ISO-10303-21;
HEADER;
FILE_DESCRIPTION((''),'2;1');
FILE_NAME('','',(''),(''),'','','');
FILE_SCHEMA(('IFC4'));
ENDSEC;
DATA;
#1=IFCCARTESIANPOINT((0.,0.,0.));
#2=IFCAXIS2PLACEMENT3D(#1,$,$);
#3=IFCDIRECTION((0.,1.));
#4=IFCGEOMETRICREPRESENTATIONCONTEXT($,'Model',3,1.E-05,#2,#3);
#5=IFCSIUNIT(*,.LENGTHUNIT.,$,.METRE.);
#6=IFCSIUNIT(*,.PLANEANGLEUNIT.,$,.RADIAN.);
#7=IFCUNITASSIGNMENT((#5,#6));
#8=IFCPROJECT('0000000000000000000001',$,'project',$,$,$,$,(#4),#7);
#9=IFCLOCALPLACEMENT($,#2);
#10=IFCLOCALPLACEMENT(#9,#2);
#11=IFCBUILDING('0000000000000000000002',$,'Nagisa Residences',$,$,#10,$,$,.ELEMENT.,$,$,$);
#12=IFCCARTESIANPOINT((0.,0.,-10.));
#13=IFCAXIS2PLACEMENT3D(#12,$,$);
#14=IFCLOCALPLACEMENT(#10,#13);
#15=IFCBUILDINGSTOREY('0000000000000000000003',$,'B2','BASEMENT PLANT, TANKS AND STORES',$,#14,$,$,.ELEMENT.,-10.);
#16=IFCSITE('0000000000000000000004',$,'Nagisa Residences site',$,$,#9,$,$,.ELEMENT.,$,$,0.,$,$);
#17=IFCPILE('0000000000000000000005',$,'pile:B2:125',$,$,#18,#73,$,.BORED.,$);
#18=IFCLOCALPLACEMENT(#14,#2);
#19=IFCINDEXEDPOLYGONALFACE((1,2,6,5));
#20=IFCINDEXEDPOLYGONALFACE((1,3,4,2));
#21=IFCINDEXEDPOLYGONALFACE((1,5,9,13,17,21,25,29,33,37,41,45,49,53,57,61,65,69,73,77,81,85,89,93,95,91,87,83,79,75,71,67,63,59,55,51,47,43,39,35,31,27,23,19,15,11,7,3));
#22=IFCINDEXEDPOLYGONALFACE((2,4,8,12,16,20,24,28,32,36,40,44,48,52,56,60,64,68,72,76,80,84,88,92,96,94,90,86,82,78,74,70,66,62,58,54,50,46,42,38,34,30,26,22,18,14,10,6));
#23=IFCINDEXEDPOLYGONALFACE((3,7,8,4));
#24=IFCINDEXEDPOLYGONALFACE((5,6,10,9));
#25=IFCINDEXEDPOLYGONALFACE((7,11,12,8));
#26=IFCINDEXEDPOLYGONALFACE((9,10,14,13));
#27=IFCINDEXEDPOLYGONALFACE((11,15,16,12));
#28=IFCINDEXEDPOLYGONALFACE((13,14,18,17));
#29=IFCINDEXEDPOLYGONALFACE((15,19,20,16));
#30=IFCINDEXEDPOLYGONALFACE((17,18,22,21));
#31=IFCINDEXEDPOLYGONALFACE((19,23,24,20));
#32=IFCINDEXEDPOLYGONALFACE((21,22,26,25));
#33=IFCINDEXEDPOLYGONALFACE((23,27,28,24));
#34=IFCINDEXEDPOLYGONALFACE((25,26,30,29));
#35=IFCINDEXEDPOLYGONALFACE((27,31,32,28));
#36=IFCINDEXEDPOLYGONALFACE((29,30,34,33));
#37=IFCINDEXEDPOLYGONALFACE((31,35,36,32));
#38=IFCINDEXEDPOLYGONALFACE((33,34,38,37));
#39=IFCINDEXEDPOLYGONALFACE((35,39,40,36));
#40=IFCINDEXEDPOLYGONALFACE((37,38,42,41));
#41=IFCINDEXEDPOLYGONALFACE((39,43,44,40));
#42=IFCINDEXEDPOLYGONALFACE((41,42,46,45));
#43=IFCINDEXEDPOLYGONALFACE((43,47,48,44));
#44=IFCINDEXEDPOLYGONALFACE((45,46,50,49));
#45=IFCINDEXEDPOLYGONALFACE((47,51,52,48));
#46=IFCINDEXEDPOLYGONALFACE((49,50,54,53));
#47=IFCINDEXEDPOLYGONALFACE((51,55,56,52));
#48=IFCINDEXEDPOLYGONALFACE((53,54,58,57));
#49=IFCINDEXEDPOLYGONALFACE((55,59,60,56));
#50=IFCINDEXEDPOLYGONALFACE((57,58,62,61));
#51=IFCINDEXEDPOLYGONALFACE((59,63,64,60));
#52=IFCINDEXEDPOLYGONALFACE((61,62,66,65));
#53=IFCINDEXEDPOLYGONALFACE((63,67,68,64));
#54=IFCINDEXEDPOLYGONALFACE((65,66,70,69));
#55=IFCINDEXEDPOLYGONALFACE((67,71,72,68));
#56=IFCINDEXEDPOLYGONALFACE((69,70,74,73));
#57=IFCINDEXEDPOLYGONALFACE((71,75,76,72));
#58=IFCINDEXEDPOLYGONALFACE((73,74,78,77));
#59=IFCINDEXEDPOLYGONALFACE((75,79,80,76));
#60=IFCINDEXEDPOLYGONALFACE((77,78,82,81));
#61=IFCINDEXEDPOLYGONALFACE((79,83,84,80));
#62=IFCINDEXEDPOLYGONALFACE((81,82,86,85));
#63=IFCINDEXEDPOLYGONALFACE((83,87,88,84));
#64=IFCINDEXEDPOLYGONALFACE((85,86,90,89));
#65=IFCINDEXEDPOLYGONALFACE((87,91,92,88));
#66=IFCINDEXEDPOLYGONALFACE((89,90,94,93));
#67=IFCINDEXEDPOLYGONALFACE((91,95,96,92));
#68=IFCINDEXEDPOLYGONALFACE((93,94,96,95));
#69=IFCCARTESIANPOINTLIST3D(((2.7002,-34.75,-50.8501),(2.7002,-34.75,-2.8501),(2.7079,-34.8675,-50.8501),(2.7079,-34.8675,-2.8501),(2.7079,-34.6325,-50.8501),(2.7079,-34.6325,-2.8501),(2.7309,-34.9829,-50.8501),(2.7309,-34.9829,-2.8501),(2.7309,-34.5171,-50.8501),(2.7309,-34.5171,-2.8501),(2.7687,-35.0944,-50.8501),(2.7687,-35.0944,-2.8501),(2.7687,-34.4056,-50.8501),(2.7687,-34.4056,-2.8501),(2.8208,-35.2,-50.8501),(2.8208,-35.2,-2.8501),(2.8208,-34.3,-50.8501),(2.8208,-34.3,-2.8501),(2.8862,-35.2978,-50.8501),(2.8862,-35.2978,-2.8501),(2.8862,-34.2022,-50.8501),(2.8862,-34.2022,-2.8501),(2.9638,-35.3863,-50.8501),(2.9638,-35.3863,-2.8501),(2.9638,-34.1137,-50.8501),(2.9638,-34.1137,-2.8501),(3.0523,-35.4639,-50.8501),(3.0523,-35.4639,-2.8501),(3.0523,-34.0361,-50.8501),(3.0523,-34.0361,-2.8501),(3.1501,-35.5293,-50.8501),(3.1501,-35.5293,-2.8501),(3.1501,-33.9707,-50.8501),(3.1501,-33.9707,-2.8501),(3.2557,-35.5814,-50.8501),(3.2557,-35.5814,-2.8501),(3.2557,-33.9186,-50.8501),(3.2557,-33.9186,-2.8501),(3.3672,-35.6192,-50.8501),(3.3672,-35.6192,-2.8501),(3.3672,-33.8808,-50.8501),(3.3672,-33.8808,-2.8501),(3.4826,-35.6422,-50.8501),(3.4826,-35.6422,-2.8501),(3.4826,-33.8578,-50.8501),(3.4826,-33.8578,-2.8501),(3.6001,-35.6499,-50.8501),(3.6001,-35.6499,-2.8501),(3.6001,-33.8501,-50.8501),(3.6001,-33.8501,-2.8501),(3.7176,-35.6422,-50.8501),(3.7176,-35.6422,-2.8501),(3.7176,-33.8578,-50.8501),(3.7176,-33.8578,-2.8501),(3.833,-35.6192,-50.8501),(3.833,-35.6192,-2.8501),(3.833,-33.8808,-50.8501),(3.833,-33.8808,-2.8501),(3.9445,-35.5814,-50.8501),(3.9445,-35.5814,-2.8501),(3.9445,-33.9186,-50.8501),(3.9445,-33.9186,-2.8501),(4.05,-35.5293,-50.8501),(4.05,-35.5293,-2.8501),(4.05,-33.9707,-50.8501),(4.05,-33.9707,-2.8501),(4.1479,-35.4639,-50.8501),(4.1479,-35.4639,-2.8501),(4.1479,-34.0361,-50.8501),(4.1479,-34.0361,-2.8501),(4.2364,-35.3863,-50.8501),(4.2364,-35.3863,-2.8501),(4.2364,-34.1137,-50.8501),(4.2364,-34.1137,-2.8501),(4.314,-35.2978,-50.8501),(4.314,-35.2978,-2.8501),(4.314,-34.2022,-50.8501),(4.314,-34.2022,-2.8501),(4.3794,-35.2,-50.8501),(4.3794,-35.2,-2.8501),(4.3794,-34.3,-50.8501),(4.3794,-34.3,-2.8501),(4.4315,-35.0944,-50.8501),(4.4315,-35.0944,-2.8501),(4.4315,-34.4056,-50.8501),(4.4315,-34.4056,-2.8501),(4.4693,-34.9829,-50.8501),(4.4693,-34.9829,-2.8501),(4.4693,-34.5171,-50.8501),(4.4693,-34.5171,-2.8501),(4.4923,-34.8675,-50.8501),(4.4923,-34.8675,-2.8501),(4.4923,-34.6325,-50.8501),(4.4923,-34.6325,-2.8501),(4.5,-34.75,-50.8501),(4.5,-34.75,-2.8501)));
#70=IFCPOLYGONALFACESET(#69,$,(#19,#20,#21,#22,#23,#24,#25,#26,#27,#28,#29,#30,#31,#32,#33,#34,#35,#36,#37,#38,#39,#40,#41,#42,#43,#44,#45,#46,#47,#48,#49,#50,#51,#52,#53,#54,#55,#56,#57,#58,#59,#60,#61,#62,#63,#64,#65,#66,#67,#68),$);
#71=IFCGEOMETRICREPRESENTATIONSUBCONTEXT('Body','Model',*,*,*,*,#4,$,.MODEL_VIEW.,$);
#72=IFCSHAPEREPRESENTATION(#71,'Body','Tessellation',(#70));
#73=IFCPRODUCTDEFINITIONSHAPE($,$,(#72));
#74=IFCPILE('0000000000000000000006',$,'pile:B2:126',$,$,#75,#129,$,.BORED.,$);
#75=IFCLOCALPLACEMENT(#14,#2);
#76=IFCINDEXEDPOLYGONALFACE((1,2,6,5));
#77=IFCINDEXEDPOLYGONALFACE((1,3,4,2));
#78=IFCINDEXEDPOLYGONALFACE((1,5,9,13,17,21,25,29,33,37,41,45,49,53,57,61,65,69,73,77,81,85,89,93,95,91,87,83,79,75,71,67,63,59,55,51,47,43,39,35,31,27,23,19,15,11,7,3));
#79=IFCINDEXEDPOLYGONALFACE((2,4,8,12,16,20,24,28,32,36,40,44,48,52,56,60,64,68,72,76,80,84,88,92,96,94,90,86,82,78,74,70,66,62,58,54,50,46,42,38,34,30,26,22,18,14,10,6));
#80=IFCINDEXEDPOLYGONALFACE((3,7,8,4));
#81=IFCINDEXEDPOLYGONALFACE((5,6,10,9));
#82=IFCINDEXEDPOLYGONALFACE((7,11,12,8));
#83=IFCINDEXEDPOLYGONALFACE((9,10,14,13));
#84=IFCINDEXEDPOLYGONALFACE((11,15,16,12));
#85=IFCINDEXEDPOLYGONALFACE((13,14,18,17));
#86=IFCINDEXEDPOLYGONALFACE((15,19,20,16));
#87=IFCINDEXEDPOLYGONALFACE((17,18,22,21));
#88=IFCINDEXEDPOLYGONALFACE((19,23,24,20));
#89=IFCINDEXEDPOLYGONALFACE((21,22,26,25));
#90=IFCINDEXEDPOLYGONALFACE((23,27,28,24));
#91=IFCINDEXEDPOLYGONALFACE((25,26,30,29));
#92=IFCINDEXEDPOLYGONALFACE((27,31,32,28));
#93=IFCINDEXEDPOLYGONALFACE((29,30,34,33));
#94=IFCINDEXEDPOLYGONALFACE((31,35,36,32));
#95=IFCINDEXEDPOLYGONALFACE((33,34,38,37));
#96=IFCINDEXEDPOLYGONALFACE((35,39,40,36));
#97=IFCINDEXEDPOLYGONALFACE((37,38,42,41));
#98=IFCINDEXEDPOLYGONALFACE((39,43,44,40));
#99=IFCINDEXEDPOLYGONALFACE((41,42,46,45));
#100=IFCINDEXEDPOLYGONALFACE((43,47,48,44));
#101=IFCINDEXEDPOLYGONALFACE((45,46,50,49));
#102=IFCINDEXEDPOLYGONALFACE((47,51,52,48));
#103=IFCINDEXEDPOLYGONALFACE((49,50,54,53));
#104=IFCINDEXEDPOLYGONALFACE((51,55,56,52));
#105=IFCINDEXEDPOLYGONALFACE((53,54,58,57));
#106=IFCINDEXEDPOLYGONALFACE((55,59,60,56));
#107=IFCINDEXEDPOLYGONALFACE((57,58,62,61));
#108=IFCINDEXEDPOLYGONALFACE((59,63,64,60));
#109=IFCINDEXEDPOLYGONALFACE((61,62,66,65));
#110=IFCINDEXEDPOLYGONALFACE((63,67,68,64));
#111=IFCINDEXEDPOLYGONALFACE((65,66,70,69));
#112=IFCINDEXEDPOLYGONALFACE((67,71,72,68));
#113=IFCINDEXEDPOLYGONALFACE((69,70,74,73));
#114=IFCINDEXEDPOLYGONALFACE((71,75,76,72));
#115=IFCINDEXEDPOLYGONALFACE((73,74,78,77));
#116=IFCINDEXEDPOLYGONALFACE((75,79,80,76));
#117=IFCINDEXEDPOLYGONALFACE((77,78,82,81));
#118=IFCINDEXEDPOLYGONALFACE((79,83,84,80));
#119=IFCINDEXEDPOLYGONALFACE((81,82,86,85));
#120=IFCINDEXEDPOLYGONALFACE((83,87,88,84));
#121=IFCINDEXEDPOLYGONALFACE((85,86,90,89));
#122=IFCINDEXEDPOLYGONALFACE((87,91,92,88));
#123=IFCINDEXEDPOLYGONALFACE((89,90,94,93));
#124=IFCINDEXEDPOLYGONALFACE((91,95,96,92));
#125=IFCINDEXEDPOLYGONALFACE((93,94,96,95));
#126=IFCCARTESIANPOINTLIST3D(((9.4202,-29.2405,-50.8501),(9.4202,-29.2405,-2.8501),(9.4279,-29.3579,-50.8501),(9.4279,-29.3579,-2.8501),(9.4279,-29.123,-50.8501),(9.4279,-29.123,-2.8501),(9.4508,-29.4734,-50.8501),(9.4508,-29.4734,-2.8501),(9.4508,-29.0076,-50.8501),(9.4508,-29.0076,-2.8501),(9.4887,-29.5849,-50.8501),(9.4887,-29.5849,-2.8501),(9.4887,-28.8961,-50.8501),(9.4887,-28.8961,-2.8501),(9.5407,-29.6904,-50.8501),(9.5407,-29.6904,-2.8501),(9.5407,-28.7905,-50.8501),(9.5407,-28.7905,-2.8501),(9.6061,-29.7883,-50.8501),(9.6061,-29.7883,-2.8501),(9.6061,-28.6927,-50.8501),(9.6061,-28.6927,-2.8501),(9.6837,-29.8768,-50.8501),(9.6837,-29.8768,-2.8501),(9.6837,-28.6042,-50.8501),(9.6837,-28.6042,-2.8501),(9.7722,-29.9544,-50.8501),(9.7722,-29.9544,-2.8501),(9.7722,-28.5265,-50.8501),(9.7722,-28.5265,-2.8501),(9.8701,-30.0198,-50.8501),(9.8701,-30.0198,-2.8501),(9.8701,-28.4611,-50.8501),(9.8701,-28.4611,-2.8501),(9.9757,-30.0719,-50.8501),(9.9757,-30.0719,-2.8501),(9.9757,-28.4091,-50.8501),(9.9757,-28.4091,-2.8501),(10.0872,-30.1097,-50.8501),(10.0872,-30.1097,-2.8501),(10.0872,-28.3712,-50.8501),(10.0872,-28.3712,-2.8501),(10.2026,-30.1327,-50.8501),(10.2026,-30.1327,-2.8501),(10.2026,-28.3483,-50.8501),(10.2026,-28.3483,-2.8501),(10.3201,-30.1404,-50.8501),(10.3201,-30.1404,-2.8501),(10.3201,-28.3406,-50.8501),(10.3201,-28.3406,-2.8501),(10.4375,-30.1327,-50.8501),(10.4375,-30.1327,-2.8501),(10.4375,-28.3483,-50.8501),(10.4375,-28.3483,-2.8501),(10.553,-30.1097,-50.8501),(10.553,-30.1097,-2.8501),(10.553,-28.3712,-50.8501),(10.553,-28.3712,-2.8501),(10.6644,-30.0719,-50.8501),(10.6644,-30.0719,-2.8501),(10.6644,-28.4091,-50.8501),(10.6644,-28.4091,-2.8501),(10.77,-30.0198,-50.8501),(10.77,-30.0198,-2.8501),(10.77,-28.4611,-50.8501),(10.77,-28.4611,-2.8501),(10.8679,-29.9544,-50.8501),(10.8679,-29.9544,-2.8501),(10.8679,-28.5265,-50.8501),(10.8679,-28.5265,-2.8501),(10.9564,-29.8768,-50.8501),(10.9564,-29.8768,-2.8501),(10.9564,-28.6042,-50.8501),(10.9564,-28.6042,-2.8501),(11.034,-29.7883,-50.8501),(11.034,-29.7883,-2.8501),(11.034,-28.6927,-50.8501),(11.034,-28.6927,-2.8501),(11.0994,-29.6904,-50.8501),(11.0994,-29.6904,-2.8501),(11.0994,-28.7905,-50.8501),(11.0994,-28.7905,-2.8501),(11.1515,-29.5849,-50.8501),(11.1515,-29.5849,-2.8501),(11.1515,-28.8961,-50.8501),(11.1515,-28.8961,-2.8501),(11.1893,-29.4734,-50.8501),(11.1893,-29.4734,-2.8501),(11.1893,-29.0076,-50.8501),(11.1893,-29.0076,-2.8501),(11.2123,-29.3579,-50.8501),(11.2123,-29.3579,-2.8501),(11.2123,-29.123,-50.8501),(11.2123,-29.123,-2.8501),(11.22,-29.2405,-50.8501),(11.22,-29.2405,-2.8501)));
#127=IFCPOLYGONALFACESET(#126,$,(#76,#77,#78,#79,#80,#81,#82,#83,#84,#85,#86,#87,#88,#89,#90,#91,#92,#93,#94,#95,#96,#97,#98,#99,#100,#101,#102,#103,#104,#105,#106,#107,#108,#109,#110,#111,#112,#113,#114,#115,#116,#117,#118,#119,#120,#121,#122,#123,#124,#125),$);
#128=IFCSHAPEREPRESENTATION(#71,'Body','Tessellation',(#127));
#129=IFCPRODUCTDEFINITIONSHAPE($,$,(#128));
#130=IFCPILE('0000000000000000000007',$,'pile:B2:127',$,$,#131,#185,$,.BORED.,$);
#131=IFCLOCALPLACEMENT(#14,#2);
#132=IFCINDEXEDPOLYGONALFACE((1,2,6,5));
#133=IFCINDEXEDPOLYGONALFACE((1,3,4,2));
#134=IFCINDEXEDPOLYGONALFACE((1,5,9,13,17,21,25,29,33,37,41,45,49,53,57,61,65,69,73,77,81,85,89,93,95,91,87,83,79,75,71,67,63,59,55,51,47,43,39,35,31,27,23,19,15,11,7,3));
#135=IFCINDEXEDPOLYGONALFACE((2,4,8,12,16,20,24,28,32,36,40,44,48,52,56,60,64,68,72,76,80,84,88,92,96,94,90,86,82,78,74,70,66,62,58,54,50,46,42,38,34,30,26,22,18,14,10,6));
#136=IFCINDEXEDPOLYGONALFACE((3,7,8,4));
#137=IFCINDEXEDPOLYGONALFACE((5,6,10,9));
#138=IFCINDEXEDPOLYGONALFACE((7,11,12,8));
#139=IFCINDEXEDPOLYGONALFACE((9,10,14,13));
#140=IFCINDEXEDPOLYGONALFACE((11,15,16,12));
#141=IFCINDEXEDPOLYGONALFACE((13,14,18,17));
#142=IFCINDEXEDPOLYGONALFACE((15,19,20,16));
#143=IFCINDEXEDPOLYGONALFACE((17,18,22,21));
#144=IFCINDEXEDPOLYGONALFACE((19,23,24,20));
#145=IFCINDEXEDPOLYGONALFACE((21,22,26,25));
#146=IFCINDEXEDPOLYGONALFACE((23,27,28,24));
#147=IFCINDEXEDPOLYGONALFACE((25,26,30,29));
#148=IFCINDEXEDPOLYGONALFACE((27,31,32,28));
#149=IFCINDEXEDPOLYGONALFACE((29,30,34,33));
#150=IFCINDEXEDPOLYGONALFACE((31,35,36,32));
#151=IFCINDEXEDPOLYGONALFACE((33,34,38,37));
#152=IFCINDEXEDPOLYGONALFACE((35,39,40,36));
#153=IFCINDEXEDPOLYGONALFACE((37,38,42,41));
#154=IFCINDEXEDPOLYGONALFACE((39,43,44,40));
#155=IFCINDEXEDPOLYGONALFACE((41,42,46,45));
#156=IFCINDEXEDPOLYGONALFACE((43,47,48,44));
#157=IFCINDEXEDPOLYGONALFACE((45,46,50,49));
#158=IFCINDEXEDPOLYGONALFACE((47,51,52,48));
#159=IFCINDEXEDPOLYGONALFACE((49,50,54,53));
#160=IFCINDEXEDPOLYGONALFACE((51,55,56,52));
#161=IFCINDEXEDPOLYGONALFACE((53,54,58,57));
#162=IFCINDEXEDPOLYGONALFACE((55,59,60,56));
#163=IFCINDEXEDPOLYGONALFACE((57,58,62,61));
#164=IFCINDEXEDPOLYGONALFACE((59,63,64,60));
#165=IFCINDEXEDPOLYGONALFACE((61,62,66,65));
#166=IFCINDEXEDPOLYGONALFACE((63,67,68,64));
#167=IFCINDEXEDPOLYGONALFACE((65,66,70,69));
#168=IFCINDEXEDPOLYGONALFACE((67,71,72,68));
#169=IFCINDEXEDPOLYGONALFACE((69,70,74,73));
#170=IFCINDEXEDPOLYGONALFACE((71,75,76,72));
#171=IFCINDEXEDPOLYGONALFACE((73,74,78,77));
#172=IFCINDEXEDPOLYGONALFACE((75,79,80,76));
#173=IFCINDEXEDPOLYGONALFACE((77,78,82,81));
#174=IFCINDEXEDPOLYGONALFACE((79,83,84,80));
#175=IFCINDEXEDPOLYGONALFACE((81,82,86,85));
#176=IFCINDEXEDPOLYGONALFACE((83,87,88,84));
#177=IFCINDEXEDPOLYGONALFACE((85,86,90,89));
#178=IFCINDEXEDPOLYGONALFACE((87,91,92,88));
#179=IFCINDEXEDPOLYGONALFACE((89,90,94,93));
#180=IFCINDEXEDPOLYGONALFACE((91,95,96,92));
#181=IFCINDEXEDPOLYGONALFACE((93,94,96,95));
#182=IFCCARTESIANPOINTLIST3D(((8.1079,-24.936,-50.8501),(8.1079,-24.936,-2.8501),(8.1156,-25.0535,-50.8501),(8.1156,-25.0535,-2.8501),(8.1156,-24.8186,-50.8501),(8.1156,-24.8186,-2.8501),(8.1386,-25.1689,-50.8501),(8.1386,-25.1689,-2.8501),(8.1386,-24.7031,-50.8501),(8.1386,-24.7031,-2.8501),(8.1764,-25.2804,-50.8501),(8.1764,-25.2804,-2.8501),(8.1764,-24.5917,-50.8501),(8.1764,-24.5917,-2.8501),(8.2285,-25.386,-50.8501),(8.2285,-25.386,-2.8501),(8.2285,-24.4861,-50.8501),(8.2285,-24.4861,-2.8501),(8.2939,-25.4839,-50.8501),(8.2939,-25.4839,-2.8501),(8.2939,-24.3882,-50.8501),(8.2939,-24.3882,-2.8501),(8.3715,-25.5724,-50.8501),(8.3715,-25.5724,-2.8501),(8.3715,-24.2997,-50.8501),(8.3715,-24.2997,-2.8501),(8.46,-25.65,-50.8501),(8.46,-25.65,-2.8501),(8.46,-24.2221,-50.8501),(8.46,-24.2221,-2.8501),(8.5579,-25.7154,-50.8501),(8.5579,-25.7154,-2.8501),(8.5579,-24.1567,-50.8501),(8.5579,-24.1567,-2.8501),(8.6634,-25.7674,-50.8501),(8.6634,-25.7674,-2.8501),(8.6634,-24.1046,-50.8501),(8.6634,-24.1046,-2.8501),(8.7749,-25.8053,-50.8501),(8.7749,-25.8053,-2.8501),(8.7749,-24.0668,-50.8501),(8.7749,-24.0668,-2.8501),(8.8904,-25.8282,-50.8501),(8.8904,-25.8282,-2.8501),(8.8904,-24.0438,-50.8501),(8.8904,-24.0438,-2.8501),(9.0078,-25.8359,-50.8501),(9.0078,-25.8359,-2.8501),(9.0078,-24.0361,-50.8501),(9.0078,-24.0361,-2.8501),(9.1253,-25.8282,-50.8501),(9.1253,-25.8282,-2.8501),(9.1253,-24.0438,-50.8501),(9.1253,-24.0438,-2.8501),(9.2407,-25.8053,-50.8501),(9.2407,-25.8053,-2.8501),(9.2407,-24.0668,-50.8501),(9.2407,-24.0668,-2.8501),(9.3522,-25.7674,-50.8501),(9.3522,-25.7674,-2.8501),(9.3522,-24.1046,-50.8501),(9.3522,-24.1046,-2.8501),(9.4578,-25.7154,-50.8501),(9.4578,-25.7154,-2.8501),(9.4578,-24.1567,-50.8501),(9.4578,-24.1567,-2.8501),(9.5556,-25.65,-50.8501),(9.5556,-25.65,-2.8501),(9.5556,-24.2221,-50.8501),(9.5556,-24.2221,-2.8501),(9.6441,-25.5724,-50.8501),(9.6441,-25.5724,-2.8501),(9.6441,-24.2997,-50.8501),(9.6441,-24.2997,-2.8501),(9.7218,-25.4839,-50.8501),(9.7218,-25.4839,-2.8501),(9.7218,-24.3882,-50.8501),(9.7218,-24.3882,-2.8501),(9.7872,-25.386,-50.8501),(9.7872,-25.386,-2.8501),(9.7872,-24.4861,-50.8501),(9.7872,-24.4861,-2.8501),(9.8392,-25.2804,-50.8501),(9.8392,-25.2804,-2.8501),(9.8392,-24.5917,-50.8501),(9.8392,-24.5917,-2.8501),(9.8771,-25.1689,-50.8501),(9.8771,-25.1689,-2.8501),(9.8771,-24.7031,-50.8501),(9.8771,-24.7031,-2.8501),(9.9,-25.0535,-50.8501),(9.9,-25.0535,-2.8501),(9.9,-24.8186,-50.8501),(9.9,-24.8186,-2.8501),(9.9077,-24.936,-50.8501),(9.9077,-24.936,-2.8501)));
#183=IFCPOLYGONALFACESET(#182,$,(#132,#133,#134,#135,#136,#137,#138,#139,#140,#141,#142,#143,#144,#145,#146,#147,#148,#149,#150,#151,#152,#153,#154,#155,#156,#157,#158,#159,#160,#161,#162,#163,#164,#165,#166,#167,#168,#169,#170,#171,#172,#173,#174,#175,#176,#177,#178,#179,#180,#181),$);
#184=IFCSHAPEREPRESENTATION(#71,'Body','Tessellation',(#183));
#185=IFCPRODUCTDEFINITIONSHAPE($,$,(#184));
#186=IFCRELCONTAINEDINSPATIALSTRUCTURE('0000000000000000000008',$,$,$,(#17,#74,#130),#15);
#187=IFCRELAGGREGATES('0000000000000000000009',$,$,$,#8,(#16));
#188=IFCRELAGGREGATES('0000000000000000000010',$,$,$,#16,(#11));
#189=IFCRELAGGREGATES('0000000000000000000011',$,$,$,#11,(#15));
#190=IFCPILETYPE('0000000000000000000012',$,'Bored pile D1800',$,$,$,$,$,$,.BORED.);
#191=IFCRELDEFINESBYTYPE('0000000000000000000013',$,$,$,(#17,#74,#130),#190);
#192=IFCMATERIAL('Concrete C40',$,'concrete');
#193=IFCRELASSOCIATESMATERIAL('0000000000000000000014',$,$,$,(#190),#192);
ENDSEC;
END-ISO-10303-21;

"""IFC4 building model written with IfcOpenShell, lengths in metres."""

from ifc_helpers import new_model, si_unit, direction, frame, origin, origin_2d, place, context, subcontext, project, spatial, circle, extrude, material, material_profile, profile_set, type_object, element, save


model = new_model("IFC4")

# Units and contexts
model_context = context("Model", 3, precision=1e-05, world=origin(), true_north=direction((0.0, 1.0)))
body_context = subcontext(model_context, "Body", "Model", "MODEL_VIEW")
ifc_project = project(units=[si_unit("LENGTHUNIT", "METRE"), si_unit("PLANEANGLEUNIT", "RADIAN")], contexts=[model_context])

# Site, building, storey
site_placement = place(None, origin())
site = spatial("IfcSite", under=ifc_project, at=site_placement, Name="Nagisa Residences site", CompositionType="ELEMENT", RefElevation=0.0)
building_placement = place(site_placement, origin())
building = spatial("IfcBuilding", under=site, at=building_placement, Name="Nagisa Residences", CompositionType="ELEMENT")
storey_placement = place(building_placement, frame((0.0, 0.0, -10.0)))
storey = spatial("IfcBuildingStorey", under=building, at=storey_placement, Name="B2", Description="BASEMENT PLANT, TANKS AND STORES", CompositionType="ELEMENT", Elevation=-10.0)

# Piles
ifc_material_1 = material(Name="Concrete C40", Category="concrete")
ifc_material_profile_1 = material_profile(ifc_material_1, circle(Radius=0.8999, at=origin_2d()), Name="Bored pile D1800")
ifc_profile_set_1 = profile_set([ifc_material_profile_1], Name="Concrete C40")
pile_type = type_object("IfcPileType", Name="Bored pile D1800", PredefinedType="BORED", material=ifc_profile_set_1)
for number, where, z_axis, x_axis, name in (
    (1, (3.6001, -34.75, -2.8501), (0.0, 0.0, -1.0), (1.0, 0.0, 0.0), "pile:B2:125"),
    (2, (10.3201, -29.2405, -2.8501), (0.0, 0.0, -1.0), (1.0, 0.0, 0.0), "pile:B2:126"),
    (3, (9.0078, -24.936, -2.8501), (0.0, 0.0, -1.0), (1.0, 0.0, 0.0), "pile:B2:127"),
):
    element("IfcPile", number, at=place(storey_placement, frame(where, z_axis=z_axis, x_axis=x_axis)), inside=storey, type_object=pile_type, Name=name, PredefinedType="BORED", context=body_context, shape_type="SweptSolid", body=[
        extrude(circle(Radius=0.8999, at=origin_2d()), origin(), (0.0, 0.0, 1.0), 48.0),
    ])

save(model, "model.ifc")
